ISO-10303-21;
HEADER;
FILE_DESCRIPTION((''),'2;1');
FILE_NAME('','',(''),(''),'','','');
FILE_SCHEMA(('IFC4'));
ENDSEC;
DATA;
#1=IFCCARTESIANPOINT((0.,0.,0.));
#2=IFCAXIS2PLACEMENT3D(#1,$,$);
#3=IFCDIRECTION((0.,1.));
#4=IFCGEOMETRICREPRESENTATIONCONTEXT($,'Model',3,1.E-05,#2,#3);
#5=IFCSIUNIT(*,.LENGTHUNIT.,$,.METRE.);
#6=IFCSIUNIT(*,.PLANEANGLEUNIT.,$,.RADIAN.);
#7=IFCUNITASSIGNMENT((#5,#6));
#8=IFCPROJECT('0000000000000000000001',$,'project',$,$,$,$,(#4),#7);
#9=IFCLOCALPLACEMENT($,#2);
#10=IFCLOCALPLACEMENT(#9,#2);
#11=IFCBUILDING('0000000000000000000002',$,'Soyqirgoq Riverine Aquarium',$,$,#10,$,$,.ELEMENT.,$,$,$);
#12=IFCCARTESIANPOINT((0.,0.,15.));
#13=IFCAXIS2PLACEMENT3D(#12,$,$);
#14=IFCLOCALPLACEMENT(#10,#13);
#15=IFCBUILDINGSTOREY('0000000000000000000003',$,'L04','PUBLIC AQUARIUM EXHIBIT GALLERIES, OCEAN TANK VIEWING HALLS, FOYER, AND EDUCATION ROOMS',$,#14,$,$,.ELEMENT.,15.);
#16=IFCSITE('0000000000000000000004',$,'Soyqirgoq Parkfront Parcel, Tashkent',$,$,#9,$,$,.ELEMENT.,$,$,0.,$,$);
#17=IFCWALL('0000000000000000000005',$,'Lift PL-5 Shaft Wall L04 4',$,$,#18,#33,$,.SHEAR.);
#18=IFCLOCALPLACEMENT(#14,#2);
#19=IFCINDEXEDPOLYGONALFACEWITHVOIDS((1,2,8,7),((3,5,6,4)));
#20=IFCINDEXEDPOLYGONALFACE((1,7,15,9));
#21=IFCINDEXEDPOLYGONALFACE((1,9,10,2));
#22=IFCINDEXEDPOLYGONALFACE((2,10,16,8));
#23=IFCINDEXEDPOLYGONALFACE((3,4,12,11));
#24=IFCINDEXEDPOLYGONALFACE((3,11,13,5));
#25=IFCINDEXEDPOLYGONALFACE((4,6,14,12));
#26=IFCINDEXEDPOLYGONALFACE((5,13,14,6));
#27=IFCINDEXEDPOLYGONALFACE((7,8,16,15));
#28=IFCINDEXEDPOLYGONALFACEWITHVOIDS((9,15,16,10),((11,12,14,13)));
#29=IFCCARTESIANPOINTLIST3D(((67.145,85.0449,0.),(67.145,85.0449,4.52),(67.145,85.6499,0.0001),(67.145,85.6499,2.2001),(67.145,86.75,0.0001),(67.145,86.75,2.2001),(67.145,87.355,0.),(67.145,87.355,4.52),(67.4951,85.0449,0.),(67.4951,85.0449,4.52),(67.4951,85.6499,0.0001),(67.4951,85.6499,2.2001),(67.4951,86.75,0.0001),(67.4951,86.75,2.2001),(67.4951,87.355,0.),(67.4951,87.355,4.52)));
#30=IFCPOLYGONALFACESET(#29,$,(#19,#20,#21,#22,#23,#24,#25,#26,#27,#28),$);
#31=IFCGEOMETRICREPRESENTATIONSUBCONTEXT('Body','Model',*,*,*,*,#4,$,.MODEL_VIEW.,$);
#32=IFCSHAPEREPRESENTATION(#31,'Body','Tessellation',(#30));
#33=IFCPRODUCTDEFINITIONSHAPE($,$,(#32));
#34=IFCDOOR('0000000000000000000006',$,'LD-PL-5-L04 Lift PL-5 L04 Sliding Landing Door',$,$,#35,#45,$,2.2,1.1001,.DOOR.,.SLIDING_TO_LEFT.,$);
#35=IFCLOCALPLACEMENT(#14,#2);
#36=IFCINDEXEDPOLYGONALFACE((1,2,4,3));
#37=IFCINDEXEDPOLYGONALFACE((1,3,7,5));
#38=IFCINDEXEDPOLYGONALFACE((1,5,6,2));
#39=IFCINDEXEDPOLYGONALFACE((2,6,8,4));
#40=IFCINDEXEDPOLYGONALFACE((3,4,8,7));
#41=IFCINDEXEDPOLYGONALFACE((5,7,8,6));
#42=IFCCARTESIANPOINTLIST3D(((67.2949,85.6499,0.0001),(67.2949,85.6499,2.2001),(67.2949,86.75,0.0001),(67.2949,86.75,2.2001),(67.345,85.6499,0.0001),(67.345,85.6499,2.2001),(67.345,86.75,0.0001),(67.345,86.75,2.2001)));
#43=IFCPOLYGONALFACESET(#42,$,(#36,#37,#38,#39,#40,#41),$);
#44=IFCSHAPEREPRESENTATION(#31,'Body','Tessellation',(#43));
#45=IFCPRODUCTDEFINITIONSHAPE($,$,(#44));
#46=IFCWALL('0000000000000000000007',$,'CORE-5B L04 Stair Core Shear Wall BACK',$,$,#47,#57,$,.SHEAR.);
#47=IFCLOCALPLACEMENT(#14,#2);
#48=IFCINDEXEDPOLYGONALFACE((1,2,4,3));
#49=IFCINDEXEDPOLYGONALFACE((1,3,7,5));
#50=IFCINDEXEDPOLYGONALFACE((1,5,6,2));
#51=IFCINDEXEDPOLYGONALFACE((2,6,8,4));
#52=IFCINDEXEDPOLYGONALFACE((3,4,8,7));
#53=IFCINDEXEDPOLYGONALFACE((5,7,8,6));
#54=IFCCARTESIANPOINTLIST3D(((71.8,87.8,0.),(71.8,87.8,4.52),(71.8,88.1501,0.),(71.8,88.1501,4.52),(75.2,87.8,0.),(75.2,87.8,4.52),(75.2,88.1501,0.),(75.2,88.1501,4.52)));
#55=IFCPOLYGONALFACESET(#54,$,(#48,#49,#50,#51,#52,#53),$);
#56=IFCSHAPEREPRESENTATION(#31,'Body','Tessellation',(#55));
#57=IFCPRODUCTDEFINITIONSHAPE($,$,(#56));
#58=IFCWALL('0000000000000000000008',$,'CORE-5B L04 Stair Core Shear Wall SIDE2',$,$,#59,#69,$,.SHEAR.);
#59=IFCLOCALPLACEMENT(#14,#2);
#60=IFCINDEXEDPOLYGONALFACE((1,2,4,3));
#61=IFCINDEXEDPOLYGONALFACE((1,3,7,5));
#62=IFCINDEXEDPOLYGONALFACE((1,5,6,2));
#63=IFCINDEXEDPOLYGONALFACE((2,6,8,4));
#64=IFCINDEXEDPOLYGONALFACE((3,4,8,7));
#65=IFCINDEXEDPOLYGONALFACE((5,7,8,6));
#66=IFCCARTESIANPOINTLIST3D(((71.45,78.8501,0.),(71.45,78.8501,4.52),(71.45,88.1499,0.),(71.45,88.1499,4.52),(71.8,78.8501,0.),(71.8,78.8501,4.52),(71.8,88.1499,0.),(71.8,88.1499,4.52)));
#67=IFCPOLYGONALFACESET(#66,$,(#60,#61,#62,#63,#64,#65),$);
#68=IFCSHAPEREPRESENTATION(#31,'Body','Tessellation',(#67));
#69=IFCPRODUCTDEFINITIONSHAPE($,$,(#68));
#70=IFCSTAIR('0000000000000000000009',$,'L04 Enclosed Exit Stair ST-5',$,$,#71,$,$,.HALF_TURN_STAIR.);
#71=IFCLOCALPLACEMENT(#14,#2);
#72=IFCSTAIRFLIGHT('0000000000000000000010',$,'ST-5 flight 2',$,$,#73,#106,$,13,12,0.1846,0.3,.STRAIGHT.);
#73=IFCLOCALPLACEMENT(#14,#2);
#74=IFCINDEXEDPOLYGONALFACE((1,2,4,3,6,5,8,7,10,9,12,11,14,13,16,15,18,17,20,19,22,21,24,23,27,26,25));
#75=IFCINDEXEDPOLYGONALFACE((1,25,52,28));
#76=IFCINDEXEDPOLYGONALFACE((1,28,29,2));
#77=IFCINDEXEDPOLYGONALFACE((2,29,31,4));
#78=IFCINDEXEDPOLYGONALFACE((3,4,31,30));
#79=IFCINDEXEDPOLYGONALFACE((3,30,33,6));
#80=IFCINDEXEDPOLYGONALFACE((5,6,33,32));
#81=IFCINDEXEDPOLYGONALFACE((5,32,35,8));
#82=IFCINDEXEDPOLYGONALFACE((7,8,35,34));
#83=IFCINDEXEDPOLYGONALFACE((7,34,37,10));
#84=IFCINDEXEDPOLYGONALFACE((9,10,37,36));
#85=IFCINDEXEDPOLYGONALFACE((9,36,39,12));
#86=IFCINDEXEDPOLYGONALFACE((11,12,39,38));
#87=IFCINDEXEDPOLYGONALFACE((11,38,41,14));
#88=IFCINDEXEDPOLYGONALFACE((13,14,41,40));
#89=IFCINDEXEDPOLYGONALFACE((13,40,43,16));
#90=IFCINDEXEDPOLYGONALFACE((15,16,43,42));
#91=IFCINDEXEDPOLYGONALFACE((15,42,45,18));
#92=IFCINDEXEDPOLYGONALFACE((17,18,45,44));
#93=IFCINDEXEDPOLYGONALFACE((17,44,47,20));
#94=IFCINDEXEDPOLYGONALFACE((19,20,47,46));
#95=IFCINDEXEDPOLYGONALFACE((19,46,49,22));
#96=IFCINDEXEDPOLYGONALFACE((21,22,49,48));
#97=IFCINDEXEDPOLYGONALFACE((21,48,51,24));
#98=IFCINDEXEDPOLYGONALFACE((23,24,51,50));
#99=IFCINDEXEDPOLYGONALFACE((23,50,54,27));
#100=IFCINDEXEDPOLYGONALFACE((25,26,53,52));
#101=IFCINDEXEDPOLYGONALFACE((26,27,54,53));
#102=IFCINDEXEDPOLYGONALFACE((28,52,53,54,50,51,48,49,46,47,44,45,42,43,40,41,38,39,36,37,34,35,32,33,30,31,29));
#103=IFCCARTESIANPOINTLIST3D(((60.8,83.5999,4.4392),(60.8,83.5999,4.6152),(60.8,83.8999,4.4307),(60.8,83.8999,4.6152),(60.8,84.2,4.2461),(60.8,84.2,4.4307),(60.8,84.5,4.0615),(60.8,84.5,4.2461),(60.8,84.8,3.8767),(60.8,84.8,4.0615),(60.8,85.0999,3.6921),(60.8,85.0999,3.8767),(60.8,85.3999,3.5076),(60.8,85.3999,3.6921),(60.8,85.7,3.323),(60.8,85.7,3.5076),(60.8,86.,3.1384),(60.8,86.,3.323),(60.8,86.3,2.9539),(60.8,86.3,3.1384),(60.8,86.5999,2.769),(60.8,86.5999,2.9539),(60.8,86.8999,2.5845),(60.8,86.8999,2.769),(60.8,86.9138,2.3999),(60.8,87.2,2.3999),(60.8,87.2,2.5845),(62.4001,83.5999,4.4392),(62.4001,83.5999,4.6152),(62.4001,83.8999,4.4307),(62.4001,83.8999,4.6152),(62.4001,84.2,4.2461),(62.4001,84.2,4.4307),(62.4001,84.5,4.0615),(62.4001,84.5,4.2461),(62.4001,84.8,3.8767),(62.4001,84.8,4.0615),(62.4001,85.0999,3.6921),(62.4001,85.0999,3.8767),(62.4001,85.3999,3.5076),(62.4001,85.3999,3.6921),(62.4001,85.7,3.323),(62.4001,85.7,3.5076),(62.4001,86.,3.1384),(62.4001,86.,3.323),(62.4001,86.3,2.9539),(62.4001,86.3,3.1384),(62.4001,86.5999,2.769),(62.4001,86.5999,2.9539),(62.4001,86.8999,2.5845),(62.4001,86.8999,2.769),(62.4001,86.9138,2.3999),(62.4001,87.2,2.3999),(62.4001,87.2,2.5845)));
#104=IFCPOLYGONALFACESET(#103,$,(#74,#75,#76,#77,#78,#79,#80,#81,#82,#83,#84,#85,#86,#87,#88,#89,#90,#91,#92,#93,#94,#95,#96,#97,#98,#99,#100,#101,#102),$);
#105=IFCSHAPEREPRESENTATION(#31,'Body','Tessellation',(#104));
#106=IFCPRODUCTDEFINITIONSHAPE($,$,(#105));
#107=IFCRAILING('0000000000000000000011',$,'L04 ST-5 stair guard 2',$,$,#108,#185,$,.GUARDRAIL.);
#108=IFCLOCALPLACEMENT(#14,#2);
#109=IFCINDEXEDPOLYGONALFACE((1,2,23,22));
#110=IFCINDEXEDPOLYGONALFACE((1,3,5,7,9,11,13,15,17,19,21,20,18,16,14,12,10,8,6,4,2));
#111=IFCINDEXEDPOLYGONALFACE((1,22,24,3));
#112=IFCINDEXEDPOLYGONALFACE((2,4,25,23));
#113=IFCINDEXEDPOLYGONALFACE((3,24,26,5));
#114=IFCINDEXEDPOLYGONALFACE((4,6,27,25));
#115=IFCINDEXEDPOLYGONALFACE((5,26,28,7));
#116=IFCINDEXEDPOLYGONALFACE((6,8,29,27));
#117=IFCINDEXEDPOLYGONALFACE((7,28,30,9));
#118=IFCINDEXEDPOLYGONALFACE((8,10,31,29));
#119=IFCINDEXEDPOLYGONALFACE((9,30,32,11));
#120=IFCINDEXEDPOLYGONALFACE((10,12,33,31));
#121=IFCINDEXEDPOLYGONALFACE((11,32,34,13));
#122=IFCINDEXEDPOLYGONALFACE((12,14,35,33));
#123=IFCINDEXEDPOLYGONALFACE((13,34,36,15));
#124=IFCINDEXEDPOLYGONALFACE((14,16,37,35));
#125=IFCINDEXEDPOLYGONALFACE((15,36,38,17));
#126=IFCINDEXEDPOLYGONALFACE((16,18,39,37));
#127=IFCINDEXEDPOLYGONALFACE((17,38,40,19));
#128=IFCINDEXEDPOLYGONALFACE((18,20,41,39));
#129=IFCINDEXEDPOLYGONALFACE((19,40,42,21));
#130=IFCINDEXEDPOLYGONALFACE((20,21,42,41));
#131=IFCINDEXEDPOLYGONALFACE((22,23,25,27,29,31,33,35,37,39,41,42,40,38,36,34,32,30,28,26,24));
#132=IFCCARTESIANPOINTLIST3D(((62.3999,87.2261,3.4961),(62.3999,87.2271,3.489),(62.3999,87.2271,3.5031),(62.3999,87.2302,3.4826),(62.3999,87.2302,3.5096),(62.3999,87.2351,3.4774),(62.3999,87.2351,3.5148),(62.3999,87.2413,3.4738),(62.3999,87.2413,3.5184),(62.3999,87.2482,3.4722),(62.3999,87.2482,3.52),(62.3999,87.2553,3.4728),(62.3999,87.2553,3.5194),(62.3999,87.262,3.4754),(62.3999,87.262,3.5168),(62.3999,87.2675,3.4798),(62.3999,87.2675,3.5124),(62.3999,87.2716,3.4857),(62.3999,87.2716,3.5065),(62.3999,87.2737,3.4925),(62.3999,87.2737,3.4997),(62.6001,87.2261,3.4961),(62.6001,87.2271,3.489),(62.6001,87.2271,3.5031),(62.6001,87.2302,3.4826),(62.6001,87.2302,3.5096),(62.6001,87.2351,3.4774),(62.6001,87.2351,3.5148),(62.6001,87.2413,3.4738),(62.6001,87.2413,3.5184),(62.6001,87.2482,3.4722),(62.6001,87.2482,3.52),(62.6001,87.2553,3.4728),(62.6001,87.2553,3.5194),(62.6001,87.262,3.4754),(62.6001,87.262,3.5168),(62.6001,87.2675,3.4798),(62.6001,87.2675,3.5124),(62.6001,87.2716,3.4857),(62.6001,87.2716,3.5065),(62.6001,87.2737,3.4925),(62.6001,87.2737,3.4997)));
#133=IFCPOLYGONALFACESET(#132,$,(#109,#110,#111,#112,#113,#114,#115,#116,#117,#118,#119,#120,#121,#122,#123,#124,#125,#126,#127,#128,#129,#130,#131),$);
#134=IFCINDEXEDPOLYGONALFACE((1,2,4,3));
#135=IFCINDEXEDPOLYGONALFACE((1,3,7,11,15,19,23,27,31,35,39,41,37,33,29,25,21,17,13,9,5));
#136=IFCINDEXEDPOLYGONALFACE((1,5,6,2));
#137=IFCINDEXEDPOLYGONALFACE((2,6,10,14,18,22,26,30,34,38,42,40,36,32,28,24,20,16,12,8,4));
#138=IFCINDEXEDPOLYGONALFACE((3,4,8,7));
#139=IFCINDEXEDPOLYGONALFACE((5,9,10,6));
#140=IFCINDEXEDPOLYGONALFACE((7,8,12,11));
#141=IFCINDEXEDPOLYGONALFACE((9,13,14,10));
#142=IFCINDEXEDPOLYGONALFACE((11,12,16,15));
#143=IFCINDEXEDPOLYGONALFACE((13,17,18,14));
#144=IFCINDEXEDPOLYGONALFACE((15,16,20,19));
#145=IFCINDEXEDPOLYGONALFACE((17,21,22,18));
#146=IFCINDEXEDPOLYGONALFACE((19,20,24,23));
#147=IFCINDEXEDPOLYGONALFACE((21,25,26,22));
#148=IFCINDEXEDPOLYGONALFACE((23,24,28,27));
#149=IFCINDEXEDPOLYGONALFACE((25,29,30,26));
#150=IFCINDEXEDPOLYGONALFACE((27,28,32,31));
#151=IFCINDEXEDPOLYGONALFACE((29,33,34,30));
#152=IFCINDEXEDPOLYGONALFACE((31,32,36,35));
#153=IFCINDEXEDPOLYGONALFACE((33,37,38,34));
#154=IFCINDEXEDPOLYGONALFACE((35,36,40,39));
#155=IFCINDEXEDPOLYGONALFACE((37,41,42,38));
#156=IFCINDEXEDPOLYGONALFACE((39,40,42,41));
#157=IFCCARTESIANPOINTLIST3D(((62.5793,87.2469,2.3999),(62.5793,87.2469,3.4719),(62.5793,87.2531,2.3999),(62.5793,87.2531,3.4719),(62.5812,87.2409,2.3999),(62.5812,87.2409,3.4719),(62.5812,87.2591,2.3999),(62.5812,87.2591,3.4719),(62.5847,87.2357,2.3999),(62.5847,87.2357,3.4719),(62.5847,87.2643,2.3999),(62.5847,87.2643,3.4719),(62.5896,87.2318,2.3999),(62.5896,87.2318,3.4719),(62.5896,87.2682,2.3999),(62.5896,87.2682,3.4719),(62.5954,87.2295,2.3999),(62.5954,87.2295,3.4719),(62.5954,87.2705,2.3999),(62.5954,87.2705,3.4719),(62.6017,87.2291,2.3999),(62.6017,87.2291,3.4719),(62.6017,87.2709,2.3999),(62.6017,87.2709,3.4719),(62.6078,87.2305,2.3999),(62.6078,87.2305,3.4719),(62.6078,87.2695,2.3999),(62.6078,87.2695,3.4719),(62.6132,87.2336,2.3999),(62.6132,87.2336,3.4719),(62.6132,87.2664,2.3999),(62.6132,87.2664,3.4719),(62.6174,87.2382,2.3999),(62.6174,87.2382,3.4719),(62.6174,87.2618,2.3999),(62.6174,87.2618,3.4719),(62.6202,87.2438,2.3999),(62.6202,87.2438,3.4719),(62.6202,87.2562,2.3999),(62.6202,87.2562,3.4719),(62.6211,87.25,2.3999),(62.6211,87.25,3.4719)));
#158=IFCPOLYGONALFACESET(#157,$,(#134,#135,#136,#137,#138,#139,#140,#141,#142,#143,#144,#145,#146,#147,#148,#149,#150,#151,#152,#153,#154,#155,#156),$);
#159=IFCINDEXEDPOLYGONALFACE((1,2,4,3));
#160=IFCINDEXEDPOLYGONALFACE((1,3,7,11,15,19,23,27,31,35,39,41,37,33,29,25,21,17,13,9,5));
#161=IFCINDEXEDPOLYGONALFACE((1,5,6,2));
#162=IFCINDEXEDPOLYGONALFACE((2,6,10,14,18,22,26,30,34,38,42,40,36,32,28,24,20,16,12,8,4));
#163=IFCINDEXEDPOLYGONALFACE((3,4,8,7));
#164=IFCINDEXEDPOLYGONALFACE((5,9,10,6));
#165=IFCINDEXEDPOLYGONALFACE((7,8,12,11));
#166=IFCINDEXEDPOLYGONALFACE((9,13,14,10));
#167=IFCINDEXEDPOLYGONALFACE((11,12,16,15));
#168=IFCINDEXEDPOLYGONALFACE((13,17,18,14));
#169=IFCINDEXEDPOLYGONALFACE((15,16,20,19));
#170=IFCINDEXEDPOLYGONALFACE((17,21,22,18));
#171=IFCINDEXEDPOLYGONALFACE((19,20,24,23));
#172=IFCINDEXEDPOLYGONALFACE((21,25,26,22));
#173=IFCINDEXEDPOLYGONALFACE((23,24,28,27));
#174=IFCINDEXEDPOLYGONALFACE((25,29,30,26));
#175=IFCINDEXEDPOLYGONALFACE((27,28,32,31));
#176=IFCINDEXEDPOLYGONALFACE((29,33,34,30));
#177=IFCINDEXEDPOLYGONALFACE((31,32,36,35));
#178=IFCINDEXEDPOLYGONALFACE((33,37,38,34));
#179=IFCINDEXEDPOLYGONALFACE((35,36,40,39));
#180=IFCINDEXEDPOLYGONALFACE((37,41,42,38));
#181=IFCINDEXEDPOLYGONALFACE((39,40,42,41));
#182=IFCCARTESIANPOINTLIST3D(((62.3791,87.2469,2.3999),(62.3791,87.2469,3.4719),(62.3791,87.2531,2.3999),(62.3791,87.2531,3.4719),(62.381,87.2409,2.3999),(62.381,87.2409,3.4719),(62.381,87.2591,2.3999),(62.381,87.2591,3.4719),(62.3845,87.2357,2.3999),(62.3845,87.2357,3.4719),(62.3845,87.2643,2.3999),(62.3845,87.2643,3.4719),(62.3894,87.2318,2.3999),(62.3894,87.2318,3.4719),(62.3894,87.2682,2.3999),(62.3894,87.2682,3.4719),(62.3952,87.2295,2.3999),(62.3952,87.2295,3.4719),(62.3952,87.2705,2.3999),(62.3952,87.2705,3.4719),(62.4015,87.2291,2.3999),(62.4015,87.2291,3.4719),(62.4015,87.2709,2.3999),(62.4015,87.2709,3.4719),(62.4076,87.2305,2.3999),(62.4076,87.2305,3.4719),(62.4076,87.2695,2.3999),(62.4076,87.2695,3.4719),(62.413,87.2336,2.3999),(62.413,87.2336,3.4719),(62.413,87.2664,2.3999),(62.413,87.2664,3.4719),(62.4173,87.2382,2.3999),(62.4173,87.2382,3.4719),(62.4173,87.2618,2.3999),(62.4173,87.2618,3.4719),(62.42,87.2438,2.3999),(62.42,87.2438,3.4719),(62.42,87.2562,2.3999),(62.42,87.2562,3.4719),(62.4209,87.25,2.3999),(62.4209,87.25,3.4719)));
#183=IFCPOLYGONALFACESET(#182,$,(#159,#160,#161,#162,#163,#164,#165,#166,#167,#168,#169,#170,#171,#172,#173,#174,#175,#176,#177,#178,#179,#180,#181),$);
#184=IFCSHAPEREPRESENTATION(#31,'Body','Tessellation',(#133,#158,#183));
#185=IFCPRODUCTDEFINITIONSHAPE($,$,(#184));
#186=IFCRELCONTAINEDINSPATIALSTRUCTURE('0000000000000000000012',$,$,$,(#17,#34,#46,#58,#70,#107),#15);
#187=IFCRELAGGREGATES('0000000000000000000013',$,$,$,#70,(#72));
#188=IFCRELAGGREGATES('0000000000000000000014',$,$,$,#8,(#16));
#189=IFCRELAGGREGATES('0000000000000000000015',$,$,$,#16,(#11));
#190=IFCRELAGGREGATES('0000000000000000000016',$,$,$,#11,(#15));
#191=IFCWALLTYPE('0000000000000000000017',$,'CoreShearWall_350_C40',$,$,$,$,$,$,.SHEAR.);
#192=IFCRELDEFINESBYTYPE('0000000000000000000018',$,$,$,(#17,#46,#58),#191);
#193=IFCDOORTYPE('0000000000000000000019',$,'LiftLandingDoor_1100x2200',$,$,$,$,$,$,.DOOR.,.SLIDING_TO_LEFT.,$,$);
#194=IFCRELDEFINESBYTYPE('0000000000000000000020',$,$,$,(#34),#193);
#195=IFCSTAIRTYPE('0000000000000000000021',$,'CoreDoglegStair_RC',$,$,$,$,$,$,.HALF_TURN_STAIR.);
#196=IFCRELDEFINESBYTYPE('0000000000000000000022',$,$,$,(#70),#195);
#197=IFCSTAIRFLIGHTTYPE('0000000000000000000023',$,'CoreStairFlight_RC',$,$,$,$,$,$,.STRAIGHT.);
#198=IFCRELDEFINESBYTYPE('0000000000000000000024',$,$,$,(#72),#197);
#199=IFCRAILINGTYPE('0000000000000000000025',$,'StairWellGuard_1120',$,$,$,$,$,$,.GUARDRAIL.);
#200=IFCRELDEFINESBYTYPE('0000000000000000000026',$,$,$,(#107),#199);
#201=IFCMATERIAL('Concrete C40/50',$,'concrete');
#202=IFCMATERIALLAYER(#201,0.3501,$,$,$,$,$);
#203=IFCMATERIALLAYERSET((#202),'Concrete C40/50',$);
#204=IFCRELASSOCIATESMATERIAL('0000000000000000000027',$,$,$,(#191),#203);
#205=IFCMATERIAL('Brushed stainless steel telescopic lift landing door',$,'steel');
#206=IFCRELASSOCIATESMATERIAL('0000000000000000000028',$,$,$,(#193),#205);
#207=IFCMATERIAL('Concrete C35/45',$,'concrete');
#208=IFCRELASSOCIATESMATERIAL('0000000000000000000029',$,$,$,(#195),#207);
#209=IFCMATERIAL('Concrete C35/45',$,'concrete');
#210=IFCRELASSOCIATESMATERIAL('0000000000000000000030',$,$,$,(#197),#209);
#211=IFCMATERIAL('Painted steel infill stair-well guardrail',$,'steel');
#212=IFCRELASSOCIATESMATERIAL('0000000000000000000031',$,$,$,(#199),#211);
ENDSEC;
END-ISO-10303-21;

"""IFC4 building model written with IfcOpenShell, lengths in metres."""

from ifc_helpers import new_model, si_unit, direction, frame, frame_2d, origin, origin_2d, place, context, subcontext, project, spatial, polyline, rectangle, circle, outline, extrude, material, layer, layer_set, type_object, element, fill, aggregate, save


model = new_model("IFC4")

# Units and contexts
model_context = context("Model", 3, precision=1e-05, world=origin(), true_north=direction((0.0, 1.0)))
body_context = subcontext(model_context, "Body", "Model", "MODEL_VIEW")
ifc_project = project(units=[si_unit("LENGTHUNIT", "METRE"), si_unit("PLANEANGLEUNIT", "RADIAN")], contexts=[model_context])

# Site, building, storey
site_placement = place(None, origin())
site = spatial("IfcSite", under=ifc_project, at=site_placement, Name="Soyqirgoq Parkfront Parcel, Tashkent", CompositionType="ELEMENT", RefElevation=0.0)
building_placement = place(site_placement, origin())
building = spatial("IfcBuilding", under=site, at=building_placement, Name="Soyqirgoq Riverine Aquarium", CompositionType="ELEMENT")
storey_placement = place(building_placement, frame((0.0, 0.0, 15.0)))
storey = spatial("IfcBuildingStorey", under=building, at=storey_placement, Name="L04", Description="PUBLIC AQUARIUM EXHIBIT GALLERIES, OCEAN TANK VIEWING HALLS, FOYER, AND EDUCATION ROOMS", CompositionType="ELEMENT", Elevation=15.0)

# Shared definitions
ifc_material_1 = material(Name="Concrete C40/50", Category="concrete")
ifc_layer_1 = layer(ifc_material_1, 0.3501)
ifc_layer_set_1 = layer_set([ifc_layer_1], Name="Concrete C40/50")
wall_type = type_object("IfcWallType", Name="CoreShearWall_350_C40", PredefinedType="SHEAR", material=ifc_layer_set_1)

# Wall, opening, door
wall_1_placement = place(storey_placement, frame((67.3201, 87.355, 0.0), z_axis=(0.0, 0.0, 1.0), x_axis=(0.0, -1.0, 0.0)))
wall_1 = element("IfcWall", 1, at=wall_1_placement, inside=storey, type_object=wall_type, Name="Lift PL-5 Shaft Wall L04 4", PredefinedType="SHEAR", context=body_context, shape_type="SweptSolid", body=[
    extrude(rectangle(XDim=2.3101, YDim=0.3501, at=frame_2d((1.155, 0.0))), origin(), (0.0, 0.0, 1.0), 4.52),
])
opening_placement = place(wall_1_placement, frame((0.605, 0.0, 0.0)))
opening = element("IfcOpeningElement", 2, at=opening_placement, cuts=wall_1, PredefinedType="OPENING", context=body_context, shape_type="SweptSolid", body=[
    extrude(rectangle(XDim=1.1001, YDim=2.2, at=frame_2d((0.55, 1.1001))), frame((0.0, 0.1851, 0.0), z_axis=(0.0, -1.0, 0.0), x_axis=(1.0, 0.0, 0.0)), (0.0, 0.0, 1.0), 0.3701),
])
ifc_material_2 = material(Name="Brushed stainless steel telescopic lift landing door", Category="steel")
door_type = type_object("IfcDoorType", Name="LiftLandingDoor_1100x2200", OperationType="SLIDING_TO_LEFT", PredefinedType="DOOR", material=ifc_material_2)
door_placement = place(opening_placement, origin())
door = element("IfcDoor", 3, at=door_placement, inside=storey, type_object=door_type, Name="LD-PL-5-L04 Lift PL-5 L04 Sliding Landing Door", OperationType="SLIDING_TO_LEFT", OverallHeight=2.2, OverallWidth=1.1001, PredefinedType="DOOR", context=body_context, shape_type="SweptSolid", body=[
    extrude(rectangle(XDim=1.1001, YDim=2.2, at=frame_2d((0.55, 1.1001))), frame((0.0, 0.0249, 0.0), z_axis=(0.0, -1.0, 0.0), x_axis=(1.0, 0.0, 0.0)), (0.0, 0.0, 1.0), 0.05),
])
fill(opening, door)

# Walls
wall_2_placement = place(storey_placement, frame((75.2, 87.9751, 0.0), z_axis=(0.0, 0.0, 1.0), x_axis=(-1.0, 0.0, 0.0)))
element("IfcWall", 4, at=wall_2_placement, inside=storey, type_object=wall_type, Name="CORE-5B L04 Stair Core Shear Wall BACK", PredefinedType="SHEAR", context=body_context, shape_type="SweptSolid", body=[
    extrude(rectangle(XDim=3.3999, YDim=0.3501, at=frame_2d((1.7, 0.0))), origin(), (0.0, 0.0, 1.0), 4.52),
])
wall_3_placement = place(storey_placement, frame((71.625, 88.1499, 0.0), z_axis=(0.0, 0.0, 1.0), x_axis=(0.0, -1.0, 0.0)))
element("IfcWall", 5, at=wall_3_placement, inside=storey, type_object=wall_type, Name="CORE-5B L04 Stair Core Shear Wall SIDE2", PredefinedType="SHEAR", context=body_context, shape_type="SweptSolid", body=[
    extrude(rectangle(XDim=9.2998, YDim=0.3501, at=frame_2d((4.6499, 0.0))), origin(), (0.0, 0.0, 1.0), 4.52),
])

# Stair, stair flight
ifc_material_3 = material(Name="Concrete C35/45", Category="concrete")
stair_type = type_object("IfcStairType", Name="CoreDoglegStair_RC", PredefinedType="HALF_TURN_STAIR", material=ifc_material_3)
stair_placement = place(storey_placement, origin())
stair = element("IfcStair", 6, at=stair_placement, inside=storey, type_object=stair_type, Name="L04 Enclosed Exit Stair ST-5", PredefinedType="HALF_TURN_STAIR")
ifc_material_4 = material(Name="Concrete C35/45", Category="concrete")
stair_flight_type = type_object("IfcStairFlightType", Name="CoreStairFlight_RC", PredefinedType="STRAIGHT", material=ifc_material_4)
stair_flight_placement = place(storey_placement, frame((61.6001, 87.2, 2.3999), z_axis=(0.0, 0.0, 1.0), x_axis=(0.0, -1.0, 0.0)))
stair_flight = element("IfcStairFlight", 7, at=stair_flight_placement, type_object=stair_flight_type, Name="ST-5 flight 2", NumberOfRisers=13, NumberOfTreads=12, PredefinedType="STRAIGHT", RiserHeight=0.1846, TreadLength=0.3, context=body_context, shape_type="SweptSolid", body=[
    extrude(outline(polyline([(0.0, 0.0), (0.0, 0.1846), (0.3, 0.1846), (0.3, 0.3691), (0.6001, 0.3691), (0.6001, 0.554), (0.8999, 0.554), (0.8999, 0.7385), (1.2, 0.7385), (1.2, 0.9231), (1.5, 0.9231), (1.5, 1.1077), (1.8, 1.1077), (1.8, 1.2922), (2.1001, 1.2922), (2.1001, 1.4768), (2.3999, 1.4768), (2.3999, 1.6616), (2.7, 1.6616), (2.7, 1.8462), (3.0, 1.8462), (3.0, 2.0308), (3.3, 2.0308), (3.3, 2.2153), (3.6001, 2.2153), (3.6001, 2.3999), (3.6001, 2.0393), (0.2861, 0.0), (0.0, 0.0)])), frame((0.0, 0.8, 0.0), z_axis=(0.0, -1.0, 0.0), x_axis=(1.0, 0.0, 0.0)), (0.0, 0.0, 1.0), 1.6001),
])
aggregate(stair, [stair_flight])

# Railing
ifc_material_5 = material(Name="Painted steel infill stair-well guardrail", Category="steel")
railing_type = type_object("IfcRailingType", Name="StairWellGuard_1120", PredefinedType="GUARDRAIL", material=ifc_material_5)
railing_1_placement = place(storey_placement, frame((62.6001, 87.25, 2.3999)))
element("IfcRailing", 8, at=railing_1_placement, inside=storey, type_object=railing_type, Name="L04 ST-5 stair guard 2", PredefinedType="GUARDRAIL", context=body_context, shape_type="SweptSolid", body=[
    extrude(circle(Radius=0.0239, at=origin_2d()), frame((0.0, 0.0, 1.0962), z_axis=(-1.0, 0.0, 0.0), x_axis=(0.0, -1.0, 0.0)), (0.0, 0.0, 1.0), 0.2002),
    extrude(circle(Radius=0.021, at=origin_2d()), origin(), (0.0, 0.0, 1.0), 1.072),
    extrude(circle(Radius=0.021, at=origin_2d()), frame((-0.2002, 0.0, 0.0)), (0.0, 0.0, 1.0), 1.072),
])

save(model, "model.ifc")
